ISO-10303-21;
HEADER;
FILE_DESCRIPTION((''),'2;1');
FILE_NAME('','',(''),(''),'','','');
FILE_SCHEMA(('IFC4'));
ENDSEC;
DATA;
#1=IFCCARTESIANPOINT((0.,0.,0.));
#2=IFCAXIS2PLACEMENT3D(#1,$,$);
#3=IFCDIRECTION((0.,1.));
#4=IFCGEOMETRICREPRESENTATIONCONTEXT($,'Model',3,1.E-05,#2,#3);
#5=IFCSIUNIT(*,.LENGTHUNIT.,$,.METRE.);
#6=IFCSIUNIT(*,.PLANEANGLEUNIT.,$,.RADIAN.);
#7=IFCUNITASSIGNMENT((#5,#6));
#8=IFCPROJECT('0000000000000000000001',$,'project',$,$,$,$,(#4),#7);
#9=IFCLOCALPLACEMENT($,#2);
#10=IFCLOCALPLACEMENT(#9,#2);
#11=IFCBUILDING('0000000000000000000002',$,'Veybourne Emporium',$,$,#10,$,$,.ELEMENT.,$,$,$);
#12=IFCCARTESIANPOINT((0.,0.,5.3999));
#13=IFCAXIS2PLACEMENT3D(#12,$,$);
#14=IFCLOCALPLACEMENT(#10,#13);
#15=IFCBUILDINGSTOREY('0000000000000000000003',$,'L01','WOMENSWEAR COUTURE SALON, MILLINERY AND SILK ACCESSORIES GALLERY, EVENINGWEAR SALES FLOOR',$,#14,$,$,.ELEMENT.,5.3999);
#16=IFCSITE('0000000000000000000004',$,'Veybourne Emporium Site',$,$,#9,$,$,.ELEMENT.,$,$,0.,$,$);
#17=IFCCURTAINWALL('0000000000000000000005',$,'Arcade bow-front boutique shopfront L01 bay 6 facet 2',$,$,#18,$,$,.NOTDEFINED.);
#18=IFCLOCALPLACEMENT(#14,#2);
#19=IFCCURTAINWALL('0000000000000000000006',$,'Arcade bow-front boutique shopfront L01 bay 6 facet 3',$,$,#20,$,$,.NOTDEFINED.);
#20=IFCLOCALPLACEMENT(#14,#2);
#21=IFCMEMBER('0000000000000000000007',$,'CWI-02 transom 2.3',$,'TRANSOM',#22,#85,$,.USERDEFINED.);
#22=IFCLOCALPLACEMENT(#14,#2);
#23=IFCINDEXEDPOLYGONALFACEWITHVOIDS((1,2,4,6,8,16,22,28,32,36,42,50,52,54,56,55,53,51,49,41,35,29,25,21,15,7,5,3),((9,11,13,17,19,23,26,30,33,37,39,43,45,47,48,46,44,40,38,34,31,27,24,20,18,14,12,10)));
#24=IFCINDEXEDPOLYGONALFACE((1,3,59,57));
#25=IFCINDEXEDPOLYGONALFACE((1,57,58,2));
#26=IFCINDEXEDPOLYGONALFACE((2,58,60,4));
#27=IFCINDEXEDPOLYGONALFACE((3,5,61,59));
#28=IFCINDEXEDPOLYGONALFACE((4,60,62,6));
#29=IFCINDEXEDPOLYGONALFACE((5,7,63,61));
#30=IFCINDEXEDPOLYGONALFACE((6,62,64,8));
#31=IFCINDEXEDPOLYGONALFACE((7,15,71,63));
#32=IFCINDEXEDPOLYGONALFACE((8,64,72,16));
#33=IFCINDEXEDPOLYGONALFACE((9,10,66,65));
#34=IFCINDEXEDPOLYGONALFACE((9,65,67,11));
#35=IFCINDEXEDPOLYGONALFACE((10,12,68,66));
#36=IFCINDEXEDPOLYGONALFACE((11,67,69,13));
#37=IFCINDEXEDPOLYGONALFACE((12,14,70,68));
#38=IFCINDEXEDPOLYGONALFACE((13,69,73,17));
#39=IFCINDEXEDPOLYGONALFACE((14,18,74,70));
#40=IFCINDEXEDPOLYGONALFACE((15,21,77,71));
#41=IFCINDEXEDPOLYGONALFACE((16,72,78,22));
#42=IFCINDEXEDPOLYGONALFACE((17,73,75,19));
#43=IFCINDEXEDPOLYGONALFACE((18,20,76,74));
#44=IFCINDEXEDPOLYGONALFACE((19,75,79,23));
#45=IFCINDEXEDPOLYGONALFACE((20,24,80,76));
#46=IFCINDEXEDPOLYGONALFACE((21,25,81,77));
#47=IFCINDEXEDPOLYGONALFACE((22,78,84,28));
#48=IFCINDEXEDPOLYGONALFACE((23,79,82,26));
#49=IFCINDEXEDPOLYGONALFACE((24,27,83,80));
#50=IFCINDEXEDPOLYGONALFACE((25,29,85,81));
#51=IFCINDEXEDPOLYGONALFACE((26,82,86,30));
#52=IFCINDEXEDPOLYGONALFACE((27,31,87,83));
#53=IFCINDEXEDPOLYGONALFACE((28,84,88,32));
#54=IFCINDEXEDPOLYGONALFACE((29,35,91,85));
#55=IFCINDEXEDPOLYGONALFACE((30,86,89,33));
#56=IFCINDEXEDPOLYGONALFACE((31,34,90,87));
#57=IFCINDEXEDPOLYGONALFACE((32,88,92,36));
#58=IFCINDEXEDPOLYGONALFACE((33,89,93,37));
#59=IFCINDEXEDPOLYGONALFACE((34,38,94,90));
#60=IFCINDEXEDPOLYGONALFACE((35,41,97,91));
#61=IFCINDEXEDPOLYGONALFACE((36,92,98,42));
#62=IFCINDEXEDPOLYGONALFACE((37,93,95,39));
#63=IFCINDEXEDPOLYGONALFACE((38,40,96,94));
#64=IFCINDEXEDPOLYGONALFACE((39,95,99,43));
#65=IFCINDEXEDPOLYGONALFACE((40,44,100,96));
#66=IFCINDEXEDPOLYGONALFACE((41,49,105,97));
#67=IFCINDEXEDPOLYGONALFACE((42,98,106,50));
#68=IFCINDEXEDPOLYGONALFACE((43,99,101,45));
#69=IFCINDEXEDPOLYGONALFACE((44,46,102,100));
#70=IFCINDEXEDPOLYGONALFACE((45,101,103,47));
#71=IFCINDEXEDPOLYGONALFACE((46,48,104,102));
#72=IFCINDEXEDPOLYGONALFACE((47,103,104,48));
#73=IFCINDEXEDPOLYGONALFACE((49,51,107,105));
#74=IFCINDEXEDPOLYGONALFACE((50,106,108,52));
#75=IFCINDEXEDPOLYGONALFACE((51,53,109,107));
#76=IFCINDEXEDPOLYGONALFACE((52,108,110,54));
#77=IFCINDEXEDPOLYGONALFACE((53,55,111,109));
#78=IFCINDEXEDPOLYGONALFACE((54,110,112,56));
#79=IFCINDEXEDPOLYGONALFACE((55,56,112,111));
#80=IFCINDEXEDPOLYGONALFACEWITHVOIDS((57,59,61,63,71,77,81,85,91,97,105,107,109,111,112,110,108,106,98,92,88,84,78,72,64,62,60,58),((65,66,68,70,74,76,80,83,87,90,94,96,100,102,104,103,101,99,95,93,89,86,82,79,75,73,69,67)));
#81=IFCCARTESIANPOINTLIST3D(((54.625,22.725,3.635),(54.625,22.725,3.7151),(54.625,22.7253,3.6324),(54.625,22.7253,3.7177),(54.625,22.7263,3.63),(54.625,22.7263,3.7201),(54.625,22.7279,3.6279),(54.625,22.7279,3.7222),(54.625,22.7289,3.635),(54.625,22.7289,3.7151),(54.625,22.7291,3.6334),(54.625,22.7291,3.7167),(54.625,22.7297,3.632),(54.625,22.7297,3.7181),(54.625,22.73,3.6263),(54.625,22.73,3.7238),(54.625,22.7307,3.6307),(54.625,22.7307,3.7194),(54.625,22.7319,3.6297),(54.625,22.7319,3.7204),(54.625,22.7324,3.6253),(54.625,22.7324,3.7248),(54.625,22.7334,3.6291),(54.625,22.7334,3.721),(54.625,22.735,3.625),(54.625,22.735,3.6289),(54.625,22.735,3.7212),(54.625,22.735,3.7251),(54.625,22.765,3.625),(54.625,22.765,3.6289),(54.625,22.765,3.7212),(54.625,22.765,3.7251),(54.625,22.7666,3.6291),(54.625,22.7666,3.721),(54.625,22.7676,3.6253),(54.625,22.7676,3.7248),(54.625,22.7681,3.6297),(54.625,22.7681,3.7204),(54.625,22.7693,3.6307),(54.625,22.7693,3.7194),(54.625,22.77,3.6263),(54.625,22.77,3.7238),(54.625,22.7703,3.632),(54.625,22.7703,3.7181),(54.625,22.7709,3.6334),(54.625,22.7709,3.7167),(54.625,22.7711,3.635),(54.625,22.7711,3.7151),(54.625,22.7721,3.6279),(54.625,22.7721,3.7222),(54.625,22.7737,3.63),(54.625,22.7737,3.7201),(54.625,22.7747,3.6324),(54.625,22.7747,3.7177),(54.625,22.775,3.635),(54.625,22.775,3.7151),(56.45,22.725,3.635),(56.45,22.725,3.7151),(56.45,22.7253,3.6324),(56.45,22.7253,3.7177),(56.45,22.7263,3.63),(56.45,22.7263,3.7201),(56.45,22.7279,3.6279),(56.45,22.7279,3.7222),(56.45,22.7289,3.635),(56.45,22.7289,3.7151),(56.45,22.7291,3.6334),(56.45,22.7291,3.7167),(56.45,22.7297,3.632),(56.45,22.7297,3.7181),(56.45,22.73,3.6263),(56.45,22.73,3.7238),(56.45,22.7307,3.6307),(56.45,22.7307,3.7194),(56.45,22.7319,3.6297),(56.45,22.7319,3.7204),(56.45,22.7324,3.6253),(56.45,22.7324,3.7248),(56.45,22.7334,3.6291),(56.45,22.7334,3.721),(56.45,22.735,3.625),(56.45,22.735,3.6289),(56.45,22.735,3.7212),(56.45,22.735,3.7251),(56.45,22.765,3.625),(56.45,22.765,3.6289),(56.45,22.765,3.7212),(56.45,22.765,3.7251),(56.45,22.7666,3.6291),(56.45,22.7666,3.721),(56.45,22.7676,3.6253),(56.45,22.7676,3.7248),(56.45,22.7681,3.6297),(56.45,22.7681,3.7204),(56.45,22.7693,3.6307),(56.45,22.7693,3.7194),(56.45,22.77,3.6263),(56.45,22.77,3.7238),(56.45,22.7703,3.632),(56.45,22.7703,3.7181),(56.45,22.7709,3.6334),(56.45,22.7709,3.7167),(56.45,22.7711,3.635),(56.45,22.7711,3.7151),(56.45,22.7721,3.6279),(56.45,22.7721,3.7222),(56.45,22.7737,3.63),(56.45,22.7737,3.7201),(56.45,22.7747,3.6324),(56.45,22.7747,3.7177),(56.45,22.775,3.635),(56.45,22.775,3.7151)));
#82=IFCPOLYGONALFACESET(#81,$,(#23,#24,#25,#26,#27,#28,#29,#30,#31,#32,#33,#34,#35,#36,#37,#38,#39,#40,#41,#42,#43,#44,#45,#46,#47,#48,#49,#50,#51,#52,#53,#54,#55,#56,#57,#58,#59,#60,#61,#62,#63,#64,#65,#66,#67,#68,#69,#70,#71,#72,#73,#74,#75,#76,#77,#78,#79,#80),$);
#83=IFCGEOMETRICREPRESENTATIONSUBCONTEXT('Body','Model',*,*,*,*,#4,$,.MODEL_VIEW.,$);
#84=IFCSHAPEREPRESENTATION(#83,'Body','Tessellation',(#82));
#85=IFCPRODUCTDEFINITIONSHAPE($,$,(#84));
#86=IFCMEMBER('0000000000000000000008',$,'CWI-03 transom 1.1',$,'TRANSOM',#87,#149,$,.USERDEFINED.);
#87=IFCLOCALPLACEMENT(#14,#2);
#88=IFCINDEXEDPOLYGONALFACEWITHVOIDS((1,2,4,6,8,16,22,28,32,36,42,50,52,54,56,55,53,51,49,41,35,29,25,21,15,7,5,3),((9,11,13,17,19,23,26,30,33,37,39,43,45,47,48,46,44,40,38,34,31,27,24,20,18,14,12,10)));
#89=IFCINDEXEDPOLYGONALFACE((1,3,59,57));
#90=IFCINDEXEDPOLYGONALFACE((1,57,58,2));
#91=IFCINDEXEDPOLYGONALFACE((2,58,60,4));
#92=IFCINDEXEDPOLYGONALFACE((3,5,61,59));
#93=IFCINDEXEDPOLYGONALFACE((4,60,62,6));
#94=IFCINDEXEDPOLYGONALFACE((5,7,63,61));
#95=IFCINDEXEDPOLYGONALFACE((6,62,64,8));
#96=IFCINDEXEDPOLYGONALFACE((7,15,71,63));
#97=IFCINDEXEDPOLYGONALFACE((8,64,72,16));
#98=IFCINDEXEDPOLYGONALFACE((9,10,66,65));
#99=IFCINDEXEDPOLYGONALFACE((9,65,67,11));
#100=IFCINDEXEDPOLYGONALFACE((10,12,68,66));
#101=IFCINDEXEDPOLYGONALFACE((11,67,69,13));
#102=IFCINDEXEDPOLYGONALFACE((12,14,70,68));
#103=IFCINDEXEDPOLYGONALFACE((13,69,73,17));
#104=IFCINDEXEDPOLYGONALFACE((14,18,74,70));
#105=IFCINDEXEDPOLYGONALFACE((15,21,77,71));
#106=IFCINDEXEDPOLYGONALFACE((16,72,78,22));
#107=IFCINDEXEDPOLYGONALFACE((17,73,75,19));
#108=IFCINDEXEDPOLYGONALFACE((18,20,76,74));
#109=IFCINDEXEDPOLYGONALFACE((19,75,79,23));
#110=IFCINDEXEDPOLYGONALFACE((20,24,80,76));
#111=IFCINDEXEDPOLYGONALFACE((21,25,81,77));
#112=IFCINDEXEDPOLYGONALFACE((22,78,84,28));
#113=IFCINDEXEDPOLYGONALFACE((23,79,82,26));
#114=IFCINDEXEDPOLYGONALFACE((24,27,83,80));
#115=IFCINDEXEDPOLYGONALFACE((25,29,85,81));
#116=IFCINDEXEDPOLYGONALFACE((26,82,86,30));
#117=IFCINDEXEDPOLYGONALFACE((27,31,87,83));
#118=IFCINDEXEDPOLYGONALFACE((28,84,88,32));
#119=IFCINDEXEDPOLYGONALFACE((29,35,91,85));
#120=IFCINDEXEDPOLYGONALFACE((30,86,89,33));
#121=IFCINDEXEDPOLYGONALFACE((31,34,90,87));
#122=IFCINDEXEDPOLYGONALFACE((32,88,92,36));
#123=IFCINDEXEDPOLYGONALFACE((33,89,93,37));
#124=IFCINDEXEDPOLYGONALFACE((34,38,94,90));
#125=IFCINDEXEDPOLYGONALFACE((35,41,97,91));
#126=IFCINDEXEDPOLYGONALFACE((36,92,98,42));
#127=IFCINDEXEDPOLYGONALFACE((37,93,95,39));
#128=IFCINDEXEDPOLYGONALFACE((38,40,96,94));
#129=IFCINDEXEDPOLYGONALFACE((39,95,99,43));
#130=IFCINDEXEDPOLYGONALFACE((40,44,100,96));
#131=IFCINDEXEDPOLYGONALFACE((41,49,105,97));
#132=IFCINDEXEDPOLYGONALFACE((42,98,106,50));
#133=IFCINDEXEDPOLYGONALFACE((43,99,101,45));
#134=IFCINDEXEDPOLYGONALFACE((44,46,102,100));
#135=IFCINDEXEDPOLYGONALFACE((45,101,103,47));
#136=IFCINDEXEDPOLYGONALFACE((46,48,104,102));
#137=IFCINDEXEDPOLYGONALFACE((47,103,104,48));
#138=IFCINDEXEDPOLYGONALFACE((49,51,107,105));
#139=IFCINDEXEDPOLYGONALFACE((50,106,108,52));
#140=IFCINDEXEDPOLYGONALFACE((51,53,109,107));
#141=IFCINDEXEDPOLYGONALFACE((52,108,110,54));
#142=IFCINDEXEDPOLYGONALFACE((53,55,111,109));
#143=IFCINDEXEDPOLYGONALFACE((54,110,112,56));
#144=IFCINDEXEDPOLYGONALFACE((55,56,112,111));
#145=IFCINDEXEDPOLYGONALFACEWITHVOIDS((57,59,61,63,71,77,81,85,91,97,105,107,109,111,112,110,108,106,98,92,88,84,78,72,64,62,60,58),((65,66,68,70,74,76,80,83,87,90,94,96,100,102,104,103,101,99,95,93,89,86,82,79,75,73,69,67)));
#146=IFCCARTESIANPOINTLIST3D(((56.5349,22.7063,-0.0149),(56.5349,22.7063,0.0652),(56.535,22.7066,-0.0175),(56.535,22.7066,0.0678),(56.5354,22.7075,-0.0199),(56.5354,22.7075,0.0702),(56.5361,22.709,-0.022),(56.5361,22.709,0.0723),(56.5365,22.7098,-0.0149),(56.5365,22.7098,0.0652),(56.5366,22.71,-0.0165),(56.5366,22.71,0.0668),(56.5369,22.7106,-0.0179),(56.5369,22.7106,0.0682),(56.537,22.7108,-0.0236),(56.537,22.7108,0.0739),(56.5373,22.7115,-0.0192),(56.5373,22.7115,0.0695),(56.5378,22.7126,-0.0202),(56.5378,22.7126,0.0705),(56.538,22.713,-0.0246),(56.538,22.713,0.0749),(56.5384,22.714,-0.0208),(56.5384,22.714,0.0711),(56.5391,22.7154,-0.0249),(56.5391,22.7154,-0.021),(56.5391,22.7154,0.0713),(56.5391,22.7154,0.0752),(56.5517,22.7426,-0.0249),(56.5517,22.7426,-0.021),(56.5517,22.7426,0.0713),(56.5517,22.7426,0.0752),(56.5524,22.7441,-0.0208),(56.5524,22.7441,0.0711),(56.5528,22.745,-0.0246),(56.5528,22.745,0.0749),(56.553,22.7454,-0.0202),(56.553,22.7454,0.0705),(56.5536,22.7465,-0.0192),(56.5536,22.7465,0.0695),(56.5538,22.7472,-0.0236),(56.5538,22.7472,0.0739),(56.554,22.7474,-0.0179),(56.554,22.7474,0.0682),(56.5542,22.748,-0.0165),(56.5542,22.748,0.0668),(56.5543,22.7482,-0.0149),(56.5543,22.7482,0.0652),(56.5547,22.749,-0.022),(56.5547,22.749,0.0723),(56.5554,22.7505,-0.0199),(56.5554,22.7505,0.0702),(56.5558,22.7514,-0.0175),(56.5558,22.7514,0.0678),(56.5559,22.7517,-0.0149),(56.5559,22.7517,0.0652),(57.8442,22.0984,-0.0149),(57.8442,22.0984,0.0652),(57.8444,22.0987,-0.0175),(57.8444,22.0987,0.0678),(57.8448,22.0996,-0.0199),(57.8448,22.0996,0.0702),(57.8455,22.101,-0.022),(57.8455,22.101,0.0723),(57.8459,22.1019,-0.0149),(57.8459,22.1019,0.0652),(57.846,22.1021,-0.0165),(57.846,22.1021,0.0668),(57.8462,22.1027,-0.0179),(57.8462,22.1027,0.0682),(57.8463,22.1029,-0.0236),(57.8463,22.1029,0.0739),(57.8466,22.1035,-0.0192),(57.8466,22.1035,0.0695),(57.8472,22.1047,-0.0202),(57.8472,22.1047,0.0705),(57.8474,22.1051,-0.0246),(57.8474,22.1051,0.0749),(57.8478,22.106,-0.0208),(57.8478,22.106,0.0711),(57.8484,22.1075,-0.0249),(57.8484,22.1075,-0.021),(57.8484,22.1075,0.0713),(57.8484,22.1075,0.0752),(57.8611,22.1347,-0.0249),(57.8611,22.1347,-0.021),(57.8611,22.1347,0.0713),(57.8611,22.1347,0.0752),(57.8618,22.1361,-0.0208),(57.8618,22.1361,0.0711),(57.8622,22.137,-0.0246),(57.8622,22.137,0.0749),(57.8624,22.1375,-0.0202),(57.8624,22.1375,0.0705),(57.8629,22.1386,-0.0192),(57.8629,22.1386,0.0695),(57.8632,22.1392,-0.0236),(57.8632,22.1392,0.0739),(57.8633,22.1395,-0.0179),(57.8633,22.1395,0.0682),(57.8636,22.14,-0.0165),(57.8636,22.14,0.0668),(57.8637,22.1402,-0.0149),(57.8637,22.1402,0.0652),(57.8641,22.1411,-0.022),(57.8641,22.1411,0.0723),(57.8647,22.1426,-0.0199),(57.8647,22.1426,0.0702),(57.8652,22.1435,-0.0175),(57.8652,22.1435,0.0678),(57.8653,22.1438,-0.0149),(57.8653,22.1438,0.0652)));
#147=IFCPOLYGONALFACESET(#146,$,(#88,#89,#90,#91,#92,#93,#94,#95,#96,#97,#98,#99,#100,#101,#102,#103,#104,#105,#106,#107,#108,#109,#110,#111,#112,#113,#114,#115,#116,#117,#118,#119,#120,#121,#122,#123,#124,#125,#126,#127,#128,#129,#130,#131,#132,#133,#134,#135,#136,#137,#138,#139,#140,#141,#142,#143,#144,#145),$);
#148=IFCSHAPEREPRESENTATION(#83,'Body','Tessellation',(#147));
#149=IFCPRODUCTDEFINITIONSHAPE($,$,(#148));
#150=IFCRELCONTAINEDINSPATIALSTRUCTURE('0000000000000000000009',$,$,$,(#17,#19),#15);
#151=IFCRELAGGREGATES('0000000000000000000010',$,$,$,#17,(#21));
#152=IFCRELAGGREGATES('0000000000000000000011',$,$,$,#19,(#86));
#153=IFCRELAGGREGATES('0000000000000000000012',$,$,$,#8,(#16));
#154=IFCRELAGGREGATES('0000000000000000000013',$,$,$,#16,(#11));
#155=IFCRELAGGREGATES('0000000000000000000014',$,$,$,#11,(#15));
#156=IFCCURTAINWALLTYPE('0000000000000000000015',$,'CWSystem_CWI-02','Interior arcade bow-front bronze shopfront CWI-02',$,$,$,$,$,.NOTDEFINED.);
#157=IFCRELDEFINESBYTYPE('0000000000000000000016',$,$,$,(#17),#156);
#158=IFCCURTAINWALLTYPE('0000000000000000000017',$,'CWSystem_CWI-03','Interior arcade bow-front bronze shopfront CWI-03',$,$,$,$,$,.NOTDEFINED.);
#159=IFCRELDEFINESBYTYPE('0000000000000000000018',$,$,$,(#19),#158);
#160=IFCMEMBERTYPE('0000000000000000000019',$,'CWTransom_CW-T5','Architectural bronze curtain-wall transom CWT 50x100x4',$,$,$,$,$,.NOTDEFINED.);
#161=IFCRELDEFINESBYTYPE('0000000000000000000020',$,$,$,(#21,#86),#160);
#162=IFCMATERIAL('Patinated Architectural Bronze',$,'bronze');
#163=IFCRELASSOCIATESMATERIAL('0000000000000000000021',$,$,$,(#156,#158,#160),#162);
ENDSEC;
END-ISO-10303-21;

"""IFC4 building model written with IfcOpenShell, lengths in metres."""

from ifc_helpers import new_model, si_unit, direction, frame, origin, origin_2d, place, context, subcontext, project, spatial, hollow_rectangle, extrude, material, material_profile, profile_set, type_object, element, aggregate, save


model = new_model("IFC4")

# Units and contexts
model_context = context("Model", 3, precision=1e-05, world=origin(), true_north=direction((0.0, 1.0)))
body_context = subcontext(model_context, "Body", "Model", "MODEL_VIEW")
ifc_project = project(units=[si_unit("LENGTHUNIT", "METRE"), si_unit("PLANEANGLEUNIT", "RADIAN")], contexts=[model_context])

# Site, building, storey
site_placement = place(None, origin())
site = spatial("IfcSite", under=ifc_project, at=site_placement, Name="Veybourne Emporium Site", CompositionType="ELEMENT", RefElevation=0.0)
building_placement = place(site_placement, origin())
building = spatial("IfcBuilding", under=site, at=building_placement, Name="Veybourne Emporium", CompositionType="ELEMENT")
storey_placement = place(building_placement, frame((0.0, 0.0, 5.3999)))
storey = spatial("IfcBuildingStorey", under=building, at=storey_placement, Name="L01", Description="WOMENSWEAR COUTURE SALON, MILLINERY AND SILK ACCESSORIES GALLERY, EVENINGWEAR SALES FLOOR", CompositionType="ELEMENT", Elevation=5.3999)

# Curtain walls
ifc_material_1 = material(Name="Patinated Architectural Bronze", Category="bronze")
curtain_wall_type_1 = type_object("IfcCurtainWallType", Name="CWSystem_CWI-02", Description="Interior arcade bow-front bronze shopfront CWI-02", PredefinedType="NOTDEFINED", material=ifc_material_1)
curtain_wall_1_placement = place(storey_placement, origin())
curtain_wall_1 = element("IfcCurtainWall", 1, at=curtain_wall_1_placement, inside=storey, type_object=curtain_wall_type_1, Name="Arcade bow-front boutique shopfront L01 bay 6 facet 2", PredefinedType="NOTDEFINED")
curtain_wall_type_2 = type_object("IfcCurtainWallType", Name="CWSystem_CWI-03", Description="Interior arcade bow-front bronze shopfront CWI-03", PredefinedType="NOTDEFINED", material=ifc_material_1)
curtain_wall_2_placement = place(storey_placement, origin())
curtain_wall_2 = element("IfcCurtainWall", 2, at=curtain_wall_2_placement, inside=storey, type_object=curtain_wall_type_2, Name="Arcade bow-front boutique shopfront L01 bay 6 facet 3", PredefinedType="NOTDEFINED")

# Members
ifc_material_profile_1 = material_profile(ifc_material_1, hollow_rectangle(XDim=0.05, YDim=0.1001, WallThickness=0.0039, InnerFilletRadius=0.0061, OuterFilletRadius=0.01, at=origin_2d()), Name="CWT 50x100x4")
ifc_profile_set_1 = profile_set([ifc_material_profile_1], Name="Patinated Architectural Bronze")
member_type_1 = type_object("IfcMemberType", Name="CWTransom_CW-T5", Description="Architectural bronze curtain-wall transom CWT 50x100x4", PredefinedType="NOTDEFINED", material=ifc_profile_set_1)
member_1_placement = place(storey_placement, frame((54.625, 22.75, 3.675), z_axis=(1.0, 0.0, 0.0), x_axis=(0.0, 1.0, 0.0)))
member_1 = element("IfcMember", 3, at=member_1_placement, type_object=member_type_1, Name="CWI-02 transom 2.3", ObjectType="TRANSOM", PredefinedType="USERDEFINED", context=body_context, shape_type="SweptSolid", body=[
    extrude(hollow_rectangle(XDim=0.05, YDim=0.1001, WallThickness=0.0039, InnerFilletRadius=0.0061, OuterFilletRadius=0.01, at=origin_2d()), origin(), (0.0, 0.0, 1.0), 1.825),
])
member_2_placement = place(storey_placement, frame((56.5454, 22.729, 0.0251), z_axis=(0.907007, -0.421116, 0.0), x_axis=(0.421116, 0.907007, 0.0)))
member_2 = element("IfcMember", 4, at=member_2_placement, type_object=member_type_1, Name="CWI-03 transom 1.1", ObjectType="TRANSOM", PredefinedType="USERDEFINED", context=body_context, shape_type="SweptSolid", body=[
    extrude(hollow_rectangle(XDim=0.05, YDim=0.1001, WallThickness=0.0039, InnerFilletRadius=0.0061, OuterFilletRadius=0.01, at=origin_2d()), origin(), (0.0, 0.0, 1.0), 1.4436),
])

aggregate(curtain_wall_1, [member_1])
aggregate(curtain_wall_2, [member_2])

save(model, "model.ifc")
